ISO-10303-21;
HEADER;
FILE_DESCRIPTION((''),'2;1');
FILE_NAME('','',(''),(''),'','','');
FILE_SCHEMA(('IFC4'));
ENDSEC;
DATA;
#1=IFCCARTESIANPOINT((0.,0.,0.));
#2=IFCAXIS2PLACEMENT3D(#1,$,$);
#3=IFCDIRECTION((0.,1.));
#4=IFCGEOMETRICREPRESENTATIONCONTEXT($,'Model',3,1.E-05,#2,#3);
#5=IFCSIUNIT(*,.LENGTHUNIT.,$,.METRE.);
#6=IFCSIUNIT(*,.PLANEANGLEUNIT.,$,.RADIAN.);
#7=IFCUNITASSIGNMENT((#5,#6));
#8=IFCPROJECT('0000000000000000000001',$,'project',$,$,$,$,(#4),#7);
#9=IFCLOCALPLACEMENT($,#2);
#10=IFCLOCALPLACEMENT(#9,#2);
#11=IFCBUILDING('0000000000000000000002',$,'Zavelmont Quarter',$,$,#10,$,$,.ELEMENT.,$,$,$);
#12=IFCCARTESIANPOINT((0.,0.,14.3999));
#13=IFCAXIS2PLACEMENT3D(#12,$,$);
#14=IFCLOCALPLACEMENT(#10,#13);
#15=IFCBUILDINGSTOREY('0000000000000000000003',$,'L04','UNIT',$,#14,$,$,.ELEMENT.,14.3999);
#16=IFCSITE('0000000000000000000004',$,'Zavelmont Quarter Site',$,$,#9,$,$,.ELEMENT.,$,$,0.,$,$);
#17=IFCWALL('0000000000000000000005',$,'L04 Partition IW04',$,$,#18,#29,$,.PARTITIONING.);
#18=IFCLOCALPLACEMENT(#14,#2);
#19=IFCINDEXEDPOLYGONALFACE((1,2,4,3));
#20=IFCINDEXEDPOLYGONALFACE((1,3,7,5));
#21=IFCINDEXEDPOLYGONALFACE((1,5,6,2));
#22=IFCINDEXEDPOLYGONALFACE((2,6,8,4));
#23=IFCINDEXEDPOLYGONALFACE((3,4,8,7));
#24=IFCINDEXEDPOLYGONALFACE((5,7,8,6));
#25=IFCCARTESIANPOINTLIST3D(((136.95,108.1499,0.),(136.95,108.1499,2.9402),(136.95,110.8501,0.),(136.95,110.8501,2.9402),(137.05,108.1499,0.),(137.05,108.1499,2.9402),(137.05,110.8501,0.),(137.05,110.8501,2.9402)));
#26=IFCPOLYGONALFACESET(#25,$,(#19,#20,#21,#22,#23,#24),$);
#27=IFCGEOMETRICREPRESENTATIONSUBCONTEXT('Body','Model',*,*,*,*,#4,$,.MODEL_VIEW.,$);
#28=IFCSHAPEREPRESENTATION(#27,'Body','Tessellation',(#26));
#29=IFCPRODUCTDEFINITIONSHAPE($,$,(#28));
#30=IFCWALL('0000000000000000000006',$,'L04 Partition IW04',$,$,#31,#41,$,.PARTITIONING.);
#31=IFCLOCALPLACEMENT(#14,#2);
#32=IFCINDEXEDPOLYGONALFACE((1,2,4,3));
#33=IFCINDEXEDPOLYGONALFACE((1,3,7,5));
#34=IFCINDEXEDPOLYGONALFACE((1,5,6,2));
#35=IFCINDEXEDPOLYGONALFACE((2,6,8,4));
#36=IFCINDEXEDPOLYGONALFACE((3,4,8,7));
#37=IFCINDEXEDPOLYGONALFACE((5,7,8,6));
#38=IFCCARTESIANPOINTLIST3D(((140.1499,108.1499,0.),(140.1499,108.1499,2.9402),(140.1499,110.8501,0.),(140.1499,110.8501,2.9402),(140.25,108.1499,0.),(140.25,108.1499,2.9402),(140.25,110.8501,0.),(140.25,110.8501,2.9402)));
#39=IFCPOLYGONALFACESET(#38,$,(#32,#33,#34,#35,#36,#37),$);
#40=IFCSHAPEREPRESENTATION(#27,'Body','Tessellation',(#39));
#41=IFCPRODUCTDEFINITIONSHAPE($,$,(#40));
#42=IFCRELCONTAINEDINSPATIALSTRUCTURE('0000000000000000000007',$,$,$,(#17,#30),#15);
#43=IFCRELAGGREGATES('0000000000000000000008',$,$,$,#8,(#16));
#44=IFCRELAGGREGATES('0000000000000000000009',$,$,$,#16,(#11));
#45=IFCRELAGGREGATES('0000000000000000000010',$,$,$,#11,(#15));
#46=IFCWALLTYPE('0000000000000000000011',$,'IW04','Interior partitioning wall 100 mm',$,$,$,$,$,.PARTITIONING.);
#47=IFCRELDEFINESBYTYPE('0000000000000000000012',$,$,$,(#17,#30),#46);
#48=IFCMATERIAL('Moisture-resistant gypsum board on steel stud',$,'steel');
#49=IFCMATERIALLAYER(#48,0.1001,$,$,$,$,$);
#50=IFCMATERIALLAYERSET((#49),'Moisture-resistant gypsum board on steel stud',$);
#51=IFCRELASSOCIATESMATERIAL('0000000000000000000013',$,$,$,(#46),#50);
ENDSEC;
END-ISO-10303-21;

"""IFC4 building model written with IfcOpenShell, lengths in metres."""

from ifc_helpers import new_model, si_unit, direction, frame, frame_2d, origin, place, context, subcontext, project, spatial, rectangle, extrude, material, layer, layer_set, type_object, element, save


model = new_model("IFC4")

# Units and contexts
model_context = context("Model", 3, precision=1e-05, world=origin(), true_north=direction((0.0, 1.0)))
body_context = subcontext(model_context, "Body", "Model", "MODEL_VIEW")
ifc_project = project(units=[si_unit("LENGTHUNIT", "METRE"), si_unit("PLANEANGLEUNIT", "RADIAN")], contexts=[model_context])

# Site, building, storey
site_placement = place(None, origin())
site = spatial("IfcSite", under=ifc_project, at=site_placement, Name="Zavelmont Quarter Site", CompositionType="ELEMENT", RefElevation=0.0)
building_placement = place(site_placement, origin())
building = spatial("IfcBuilding", under=site, at=building_placement, Name="Zavelmont Quarter", CompositionType="ELEMENT")
storey_placement = place(building_placement, frame((0.0, 0.0, 14.3999)))
storey = spatial("IfcBuildingStorey", under=building, at=storey_placement, Name="L04", Description="UNIT", CompositionType="ELEMENT", Elevation=14.3999)

# Walls
ifc_material_1 = material(Name="Moisture-resistant gypsum board on steel stud", Category="steel")
ifc_layer_1 = layer(ifc_material_1, 0.1001)
ifc_layer_set_1 = layer_set([ifc_layer_1], Name="Moisture-resistant gypsum board on steel stud")
wall_type_1 = type_object("IfcWallType", Name="IW04", Description="Interior partitioning wall 100 mm", PredefinedType="PARTITIONING", material=ifc_layer_set_1)
for number, where, z_axis, x_axis, name in (
    (1, (137.0, 108.1499, 0.0), (0.0, 0.0, 1.0), (0.0, 1.0, 0.0), "L04 Partition IW04"),
    (2, (140.2, 108.1499, 0.0), (0.0, 0.0, 1.0), (0.0, 1.0, 0.0), "L04 Partition IW04"),
):
    element("IfcWall", number, at=place(storey_placement, frame(where, z_axis=z_axis, x_axis=x_axis)), inside=storey, type_object=wall_type_1, Name=name, PredefinedType="PARTITIONING", context=body_context, shape_type="SweptSolid", body=[
        extrude(rectangle(XDim=2.7002, YDim=0.1001, at=frame_2d((1.3501, 0.0))), origin(), (0.0, 0.0, 1.0), 2.9402),
    ])

save(model, "model.ifc")
